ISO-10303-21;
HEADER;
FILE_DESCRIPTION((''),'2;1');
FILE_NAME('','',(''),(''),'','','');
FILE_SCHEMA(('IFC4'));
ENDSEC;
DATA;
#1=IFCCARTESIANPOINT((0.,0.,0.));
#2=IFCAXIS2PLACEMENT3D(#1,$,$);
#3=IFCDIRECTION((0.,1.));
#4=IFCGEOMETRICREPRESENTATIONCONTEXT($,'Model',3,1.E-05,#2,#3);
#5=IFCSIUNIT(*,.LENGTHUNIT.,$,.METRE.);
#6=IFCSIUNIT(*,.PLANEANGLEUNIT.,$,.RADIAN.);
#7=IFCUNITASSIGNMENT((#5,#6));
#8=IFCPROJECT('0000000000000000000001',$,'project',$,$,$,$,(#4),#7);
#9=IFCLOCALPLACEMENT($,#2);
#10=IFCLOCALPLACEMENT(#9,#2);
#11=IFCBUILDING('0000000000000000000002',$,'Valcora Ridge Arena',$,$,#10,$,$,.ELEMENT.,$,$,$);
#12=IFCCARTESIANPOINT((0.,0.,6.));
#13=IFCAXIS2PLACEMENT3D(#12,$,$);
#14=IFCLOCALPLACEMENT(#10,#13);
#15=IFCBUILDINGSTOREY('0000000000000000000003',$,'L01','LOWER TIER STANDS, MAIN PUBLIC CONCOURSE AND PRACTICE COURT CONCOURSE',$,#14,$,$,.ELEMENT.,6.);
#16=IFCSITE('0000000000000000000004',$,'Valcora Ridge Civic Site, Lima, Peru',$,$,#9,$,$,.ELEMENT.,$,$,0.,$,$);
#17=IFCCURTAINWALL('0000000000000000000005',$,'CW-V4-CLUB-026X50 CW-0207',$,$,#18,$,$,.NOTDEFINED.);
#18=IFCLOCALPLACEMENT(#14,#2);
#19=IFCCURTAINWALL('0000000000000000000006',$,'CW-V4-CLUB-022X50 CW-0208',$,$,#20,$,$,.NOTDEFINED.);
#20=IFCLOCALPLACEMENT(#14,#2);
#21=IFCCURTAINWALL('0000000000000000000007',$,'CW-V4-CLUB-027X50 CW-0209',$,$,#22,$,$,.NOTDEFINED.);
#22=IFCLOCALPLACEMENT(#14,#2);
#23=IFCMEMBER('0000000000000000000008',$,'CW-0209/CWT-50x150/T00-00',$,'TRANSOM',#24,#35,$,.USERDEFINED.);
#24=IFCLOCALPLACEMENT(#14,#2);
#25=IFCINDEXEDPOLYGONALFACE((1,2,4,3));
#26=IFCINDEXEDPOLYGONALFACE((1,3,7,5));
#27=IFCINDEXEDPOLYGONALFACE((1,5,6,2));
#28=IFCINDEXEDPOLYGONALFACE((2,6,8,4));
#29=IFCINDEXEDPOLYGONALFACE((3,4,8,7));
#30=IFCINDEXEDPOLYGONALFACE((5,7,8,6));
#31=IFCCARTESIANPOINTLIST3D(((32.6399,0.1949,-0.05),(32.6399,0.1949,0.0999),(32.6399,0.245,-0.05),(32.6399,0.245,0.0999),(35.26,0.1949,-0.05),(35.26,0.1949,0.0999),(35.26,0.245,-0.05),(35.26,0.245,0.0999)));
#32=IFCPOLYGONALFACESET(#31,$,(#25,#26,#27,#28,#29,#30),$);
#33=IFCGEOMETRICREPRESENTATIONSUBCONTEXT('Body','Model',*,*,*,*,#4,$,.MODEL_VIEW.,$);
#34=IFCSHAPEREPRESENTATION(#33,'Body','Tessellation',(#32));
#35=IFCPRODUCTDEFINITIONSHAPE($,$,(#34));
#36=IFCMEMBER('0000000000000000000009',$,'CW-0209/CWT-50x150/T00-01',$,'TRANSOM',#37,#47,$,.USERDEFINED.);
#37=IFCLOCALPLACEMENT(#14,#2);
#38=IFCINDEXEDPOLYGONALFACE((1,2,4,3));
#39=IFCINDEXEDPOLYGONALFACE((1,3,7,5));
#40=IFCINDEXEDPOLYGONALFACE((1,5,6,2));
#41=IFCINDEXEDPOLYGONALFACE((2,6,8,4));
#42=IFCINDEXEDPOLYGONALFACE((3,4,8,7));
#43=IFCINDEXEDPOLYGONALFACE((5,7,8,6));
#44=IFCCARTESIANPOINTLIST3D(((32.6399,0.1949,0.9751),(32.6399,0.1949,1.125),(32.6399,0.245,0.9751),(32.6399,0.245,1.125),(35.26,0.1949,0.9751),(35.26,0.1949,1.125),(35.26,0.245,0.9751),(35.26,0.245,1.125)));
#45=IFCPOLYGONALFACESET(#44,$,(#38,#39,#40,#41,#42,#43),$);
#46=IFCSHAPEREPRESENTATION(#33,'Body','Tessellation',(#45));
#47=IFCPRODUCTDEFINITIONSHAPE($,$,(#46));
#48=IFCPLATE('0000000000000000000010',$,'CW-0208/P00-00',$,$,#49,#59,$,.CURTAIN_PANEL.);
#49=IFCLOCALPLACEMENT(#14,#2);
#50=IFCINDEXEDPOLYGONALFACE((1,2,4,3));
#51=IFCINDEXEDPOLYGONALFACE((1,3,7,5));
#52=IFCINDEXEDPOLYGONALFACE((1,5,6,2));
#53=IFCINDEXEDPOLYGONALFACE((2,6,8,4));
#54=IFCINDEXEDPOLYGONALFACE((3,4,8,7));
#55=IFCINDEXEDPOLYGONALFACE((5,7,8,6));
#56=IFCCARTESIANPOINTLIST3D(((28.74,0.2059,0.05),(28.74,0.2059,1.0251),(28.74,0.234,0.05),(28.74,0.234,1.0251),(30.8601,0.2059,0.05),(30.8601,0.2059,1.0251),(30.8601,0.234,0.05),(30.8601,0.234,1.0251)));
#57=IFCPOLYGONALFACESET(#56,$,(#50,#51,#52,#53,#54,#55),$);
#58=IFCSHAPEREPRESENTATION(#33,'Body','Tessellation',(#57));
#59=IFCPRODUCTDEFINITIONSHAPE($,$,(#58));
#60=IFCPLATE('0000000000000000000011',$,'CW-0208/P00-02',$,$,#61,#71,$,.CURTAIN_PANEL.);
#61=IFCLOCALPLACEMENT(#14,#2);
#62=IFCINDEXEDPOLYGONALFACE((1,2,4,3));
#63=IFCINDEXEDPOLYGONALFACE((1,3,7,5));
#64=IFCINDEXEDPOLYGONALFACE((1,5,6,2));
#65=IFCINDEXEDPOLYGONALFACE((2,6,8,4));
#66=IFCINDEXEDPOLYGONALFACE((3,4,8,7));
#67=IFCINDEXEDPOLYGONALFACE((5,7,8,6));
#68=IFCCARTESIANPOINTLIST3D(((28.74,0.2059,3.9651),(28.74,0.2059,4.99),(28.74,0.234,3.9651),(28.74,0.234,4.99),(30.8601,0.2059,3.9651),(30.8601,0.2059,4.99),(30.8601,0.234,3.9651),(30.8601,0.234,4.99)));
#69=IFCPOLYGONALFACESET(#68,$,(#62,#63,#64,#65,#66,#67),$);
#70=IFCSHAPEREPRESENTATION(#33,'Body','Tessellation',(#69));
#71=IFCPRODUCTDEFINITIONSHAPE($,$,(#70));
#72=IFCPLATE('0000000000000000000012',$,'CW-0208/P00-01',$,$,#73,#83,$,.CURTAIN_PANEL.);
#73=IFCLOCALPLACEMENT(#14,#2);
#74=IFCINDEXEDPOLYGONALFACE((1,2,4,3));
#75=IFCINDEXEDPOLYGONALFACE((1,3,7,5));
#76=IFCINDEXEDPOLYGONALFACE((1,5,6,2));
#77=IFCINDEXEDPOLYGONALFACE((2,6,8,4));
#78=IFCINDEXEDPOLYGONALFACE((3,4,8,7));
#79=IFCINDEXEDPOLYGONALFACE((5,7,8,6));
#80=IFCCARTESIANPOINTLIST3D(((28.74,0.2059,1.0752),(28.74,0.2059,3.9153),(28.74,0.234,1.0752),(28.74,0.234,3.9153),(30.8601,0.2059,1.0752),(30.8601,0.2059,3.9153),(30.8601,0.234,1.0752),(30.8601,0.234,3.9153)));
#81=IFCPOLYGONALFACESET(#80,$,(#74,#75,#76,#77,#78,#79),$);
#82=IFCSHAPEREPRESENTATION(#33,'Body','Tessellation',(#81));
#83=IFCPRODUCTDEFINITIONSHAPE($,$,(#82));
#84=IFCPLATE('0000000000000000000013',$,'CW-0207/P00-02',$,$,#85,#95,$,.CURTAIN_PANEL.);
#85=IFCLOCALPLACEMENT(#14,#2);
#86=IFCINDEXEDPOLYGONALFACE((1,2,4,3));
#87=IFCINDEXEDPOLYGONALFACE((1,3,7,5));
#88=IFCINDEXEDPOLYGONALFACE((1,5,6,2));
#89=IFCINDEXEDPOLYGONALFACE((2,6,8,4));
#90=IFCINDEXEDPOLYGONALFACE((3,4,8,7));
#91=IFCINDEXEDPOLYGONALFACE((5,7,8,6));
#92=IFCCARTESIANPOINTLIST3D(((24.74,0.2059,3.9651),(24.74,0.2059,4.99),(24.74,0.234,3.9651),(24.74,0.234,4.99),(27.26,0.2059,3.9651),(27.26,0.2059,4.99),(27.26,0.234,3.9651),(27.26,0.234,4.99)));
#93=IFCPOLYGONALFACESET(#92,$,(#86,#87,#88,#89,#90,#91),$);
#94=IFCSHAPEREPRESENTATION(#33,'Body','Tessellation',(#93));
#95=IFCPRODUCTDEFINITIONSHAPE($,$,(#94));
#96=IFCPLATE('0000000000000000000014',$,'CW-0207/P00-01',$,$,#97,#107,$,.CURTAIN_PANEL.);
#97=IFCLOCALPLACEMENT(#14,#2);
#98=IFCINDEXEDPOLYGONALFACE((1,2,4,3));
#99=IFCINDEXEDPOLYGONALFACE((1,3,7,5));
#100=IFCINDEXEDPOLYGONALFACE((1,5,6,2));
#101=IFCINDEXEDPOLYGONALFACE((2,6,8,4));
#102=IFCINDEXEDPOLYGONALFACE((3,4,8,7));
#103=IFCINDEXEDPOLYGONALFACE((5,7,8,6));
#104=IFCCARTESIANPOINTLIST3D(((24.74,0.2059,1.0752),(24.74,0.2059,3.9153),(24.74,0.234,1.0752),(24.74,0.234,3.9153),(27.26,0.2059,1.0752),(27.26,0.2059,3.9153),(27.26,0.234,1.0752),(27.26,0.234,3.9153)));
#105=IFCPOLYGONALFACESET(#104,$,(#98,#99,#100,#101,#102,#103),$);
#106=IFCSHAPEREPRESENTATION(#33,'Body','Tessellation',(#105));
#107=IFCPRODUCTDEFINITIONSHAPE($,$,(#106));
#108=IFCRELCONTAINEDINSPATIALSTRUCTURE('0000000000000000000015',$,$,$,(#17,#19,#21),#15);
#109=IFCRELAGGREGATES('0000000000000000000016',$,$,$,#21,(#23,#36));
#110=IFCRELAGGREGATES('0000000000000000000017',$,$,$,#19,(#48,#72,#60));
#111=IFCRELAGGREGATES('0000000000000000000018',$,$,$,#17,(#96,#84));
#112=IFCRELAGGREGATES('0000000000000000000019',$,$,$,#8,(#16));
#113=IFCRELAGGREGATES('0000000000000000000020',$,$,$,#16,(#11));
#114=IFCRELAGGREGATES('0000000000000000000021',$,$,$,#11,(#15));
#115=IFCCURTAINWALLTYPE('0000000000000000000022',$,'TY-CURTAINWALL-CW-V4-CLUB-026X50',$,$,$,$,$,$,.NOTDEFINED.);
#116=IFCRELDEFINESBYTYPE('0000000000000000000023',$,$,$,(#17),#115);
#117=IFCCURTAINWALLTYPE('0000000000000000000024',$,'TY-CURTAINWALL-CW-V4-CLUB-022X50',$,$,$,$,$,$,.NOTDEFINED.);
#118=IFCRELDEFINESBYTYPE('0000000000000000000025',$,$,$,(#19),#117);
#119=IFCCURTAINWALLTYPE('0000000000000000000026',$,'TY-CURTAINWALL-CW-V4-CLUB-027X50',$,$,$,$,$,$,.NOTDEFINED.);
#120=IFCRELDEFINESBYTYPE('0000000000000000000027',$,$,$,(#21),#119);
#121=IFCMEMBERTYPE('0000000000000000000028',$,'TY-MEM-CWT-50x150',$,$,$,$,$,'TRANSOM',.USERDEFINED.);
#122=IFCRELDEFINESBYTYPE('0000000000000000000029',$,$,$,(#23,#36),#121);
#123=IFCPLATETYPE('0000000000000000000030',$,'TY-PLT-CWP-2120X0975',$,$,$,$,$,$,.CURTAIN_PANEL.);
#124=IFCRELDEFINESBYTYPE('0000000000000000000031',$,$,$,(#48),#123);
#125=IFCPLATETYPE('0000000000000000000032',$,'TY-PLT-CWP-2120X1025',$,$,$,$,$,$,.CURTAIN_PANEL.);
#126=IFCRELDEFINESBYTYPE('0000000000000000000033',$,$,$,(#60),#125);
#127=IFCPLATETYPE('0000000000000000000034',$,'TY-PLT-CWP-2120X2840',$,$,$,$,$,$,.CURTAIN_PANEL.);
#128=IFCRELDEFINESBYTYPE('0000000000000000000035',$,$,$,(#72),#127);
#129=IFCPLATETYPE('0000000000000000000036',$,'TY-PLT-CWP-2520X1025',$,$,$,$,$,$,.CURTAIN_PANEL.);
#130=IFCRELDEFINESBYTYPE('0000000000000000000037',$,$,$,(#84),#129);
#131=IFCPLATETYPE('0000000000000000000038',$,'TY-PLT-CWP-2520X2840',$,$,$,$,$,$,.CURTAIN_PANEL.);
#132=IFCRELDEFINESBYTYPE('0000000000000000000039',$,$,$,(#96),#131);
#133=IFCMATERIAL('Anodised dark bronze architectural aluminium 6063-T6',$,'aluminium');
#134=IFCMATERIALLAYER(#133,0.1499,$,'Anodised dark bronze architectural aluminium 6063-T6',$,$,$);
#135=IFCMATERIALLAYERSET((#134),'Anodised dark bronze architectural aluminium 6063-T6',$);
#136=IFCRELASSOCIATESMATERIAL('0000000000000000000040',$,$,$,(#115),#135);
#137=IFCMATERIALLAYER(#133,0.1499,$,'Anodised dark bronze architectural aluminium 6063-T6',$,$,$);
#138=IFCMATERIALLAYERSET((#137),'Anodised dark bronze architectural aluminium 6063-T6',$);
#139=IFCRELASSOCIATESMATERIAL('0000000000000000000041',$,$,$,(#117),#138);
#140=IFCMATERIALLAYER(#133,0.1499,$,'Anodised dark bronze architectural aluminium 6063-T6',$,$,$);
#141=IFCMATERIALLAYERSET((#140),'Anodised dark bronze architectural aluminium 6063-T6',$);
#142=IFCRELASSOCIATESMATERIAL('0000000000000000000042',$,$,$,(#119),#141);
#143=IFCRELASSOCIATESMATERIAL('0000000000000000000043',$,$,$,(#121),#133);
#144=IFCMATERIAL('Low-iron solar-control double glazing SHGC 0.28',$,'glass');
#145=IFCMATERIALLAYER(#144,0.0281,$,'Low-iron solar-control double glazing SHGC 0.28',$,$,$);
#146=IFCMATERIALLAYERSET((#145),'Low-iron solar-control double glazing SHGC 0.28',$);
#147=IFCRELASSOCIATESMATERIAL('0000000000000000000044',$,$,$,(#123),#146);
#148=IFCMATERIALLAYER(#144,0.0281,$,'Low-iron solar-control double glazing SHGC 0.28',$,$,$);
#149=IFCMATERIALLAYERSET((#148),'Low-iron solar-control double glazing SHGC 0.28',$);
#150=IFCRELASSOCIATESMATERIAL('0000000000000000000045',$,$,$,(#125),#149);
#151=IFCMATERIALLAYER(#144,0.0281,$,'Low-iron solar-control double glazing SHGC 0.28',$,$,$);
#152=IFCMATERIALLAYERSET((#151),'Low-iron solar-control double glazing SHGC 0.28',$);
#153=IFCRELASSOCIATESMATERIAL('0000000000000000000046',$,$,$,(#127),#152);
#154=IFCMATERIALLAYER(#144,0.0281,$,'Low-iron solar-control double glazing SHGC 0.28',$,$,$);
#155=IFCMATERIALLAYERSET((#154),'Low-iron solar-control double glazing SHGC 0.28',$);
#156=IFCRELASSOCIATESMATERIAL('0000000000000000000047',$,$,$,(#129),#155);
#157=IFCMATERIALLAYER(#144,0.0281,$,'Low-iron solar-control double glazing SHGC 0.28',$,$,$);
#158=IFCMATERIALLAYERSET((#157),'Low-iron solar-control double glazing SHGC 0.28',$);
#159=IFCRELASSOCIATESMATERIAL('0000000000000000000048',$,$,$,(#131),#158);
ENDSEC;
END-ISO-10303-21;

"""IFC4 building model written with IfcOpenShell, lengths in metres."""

from ifc_helpers import new_model, si_unit, direction, frame, origin, origin_2d, place, context, subcontext, project, spatial, rectangle, extrude, material, layer, layer_set, material_profile, profile_set, type_object, element, aggregate, save


model = new_model("IFC4")

# Units and contexts
model_context = context("Model", 3, precision=1e-05, world=origin(), true_north=direction((0.0, 1.0)))
body_context = subcontext(model_context, "Body", "Model", "MODEL_VIEW")
ifc_project = project(units=[si_unit("LENGTHUNIT", "METRE"), si_unit("PLANEANGLEUNIT", "RADIAN")], contexts=[model_context])

# Site, building, storey
site_placement = place(None, origin())
site = spatial("IfcSite", under=ifc_project, at=site_placement, Name="Valcora Ridge Civic Site, Lima, Peru", CompositionType="ELEMENT", RefElevation=0.0)
building_placement = place(site_placement, origin())
building = spatial("IfcBuilding", under=site, at=building_placement, Name="Valcora Ridge Arena", CompositionType="ELEMENT")
storey_placement = place(building_placement, frame((0.0, 0.0, 6.0)))
storey = spatial("IfcBuildingStorey", under=building, at=storey_placement, Name="L01", Description="LOWER TIER STANDS, MAIN PUBLIC CONCOURSE AND PRACTICE COURT CONCOURSE", CompositionType="ELEMENT", Elevation=6.0)

# Curtain wall
ifc_material_1 = material(Name="Anodised dark bronze architectural aluminium 6063-T6", Category="aluminium")
ifc_layer_1 = layer(ifc_material_1, 0.1499, Name="Anodised dark bronze architectural aluminium 6063-T6")
ifc_layer_set_1 = layer_set([ifc_layer_1], Name="Anodised dark bronze architectural aluminium 6063-T6")
curtain_wall_type_1 = type_object("IfcCurtainWallType", Name="TY-CURTAINWALL-CW-V4-CLUB-026X50", PredefinedType="NOTDEFINED", material=ifc_layer_set_1)
curtain_wall_1_placement = place(storey_placement, origin())
curtain_wall_1 = element("IfcCurtainWall", 1, at=curtain_wall_1_placement, inside=storey, type_object=curtain_wall_type_1, Name="CW-V4-CLUB-026X50 CW-0207", PredefinedType="NOTDEFINED")

# Curtain wall
ifc_layer_2 = layer(ifc_material_1, 0.1499, Name="Anodised dark bronze architectural aluminium 6063-T6")
ifc_layer_set_2 = layer_set([ifc_layer_2], Name="Anodised dark bronze architectural aluminium 6063-T6")
curtain_wall_type_2 = type_object("IfcCurtainWallType", Name="TY-CURTAINWALL-CW-V4-CLUB-022X50", PredefinedType="NOTDEFINED", material=ifc_layer_set_2)
curtain_wall_2_placement = place(storey_placement, origin())
curtain_wall_2 = element("IfcCurtainWall", 2, at=curtain_wall_2_placement, inside=storey, type_object=curtain_wall_type_2, Name="CW-V4-CLUB-022X50 CW-0208", PredefinedType="NOTDEFINED")

# Curtain wall
ifc_layer_3 = layer(ifc_material_1, 0.1499, Name="Anodised dark bronze architectural aluminium 6063-T6")
ifc_layer_set_3 = layer_set([ifc_layer_3], Name="Anodised dark bronze architectural aluminium 6063-T6")
curtain_wall_type_3 = type_object("IfcCurtainWallType", Name="TY-CURTAINWALL-CW-V4-CLUB-027X50", PredefinedType="NOTDEFINED", material=ifc_layer_set_3)
curtain_wall_3_placement = place(storey_placement, origin())
curtain_wall_3 = element("IfcCurtainWall", 3, at=curtain_wall_3_placement, inside=storey, type_object=curtain_wall_type_3, Name="CW-V4-CLUB-027X50 CW-0209", PredefinedType="NOTDEFINED")

# Members
ifc_material_profile_1 = material_profile(ifc_material_1, rectangle(XDim=0.05, YDim=0.1499, at=origin_2d()), Name="ALU TRANSOM 50x150")
ifc_profile_set_1 = profile_set([ifc_material_profile_1], Name="Anodised dark bronze architectural aluminium 6063-T6")
member_type_1 = type_object("IfcMemberType", Name="TY-MEM-CWT-50x150", ElementType="TRANSOM", PredefinedType="USERDEFINED", material=ifc_profile_set_1)
member_1_placement = place(storey_placement, frame((32.6399, 0.22, 0.0249), z_axis=(1.0, 0.0, 0.0), x_axis=(0.0, 1.0, 0.0)))
member_1 = element("IfcMember", 4, at=member_1_placement, type_object=member_type_1, Name="CW-0209/CWT-50x150/T00-00", ObjectType="TRANSOM", PredefinedType="USERDEFINED", context=body_context, shape_type="SweptSolid", body=[
    extrude(rectangle(XDim=0.05, YDim=0.1499, at=origin_2d()), origin(), (0.0, 0.0, 1.0), 2.6201),
])
member_2_placement = place(storey_placement, frame((32.6399, 0.22, 1.05), z_axis=(1.0, 0.0, 0.0), x_axis=(0.0, 1.0, 0.0)))
member_2 = element("IfcMember", 5, at=member_2_placement, type_object=member_type_1, Name="CW-0209/CWT-50x150/T00-01", ObjectType="TRANSOM", PredefinedType="USERDEFINED", context=body_context, shape_type="SweptSolid", body=[
    extrude(rectangle(XDim=0.05, YDim=0.1499, at=origin_2d()), origin(), (0.0, 0.0, 1.0), 2.6201),
])
aggregate(curtain_wall_3, [member_1, member_2])

# Plates
ifc_material_2 = material(Name="Low-iron solar-control double glazing SHGC 0.28", Category="glass")
ifc_layer_4 = layer(ifc_material_2, 0.0281, Name="Low-iron solar-control double glazing SHGC 0.28")
ifc_layer_set_4 = layer_set([ifc_layer_4], Name="Low-iron solar-control double glazing SHGC 0.28")
plate_type_1 = type_object("IfcPlateType", Name="TY-PLT-CWP-2120X0975", PredefinedType="CURTAIN_PANEL", material=ifc_layer_set_4)
plate_1_placement = place(storey_placement, frame((29.8, 0.22, 0.05), z_axis=(0.0, 0.0, 1.0), x_axis=(1.0, 0.0, 0.0)))
plate_1 = element("IfcPlate", 6, at=plate_1_placement, type_object=plate_type_1, Name="CW-0208/P00-00", PredefinedType="CURTAIN_PANEL", context=body_context, shape_type="SweptSolid", body=[
    extrude(rectangle(XDim=2.1201, YDim=0.0281, at=origin_2d()), origin(), (0.0, 0.0, 1.0), 0.9751),
])
ifc_layer_5 = layer(ifc_material_2, 0.0281, Name="Low-iron solar-control double glazing SHGC 0.28")
ifc_layer_set_5 = layer_set([ifc_layer_5], Name="Low-iron solar-control double glazing SHGC 0.28")
plate_type_2 = type_object("IfcPlateType", Name="TY-PLT-CWP-2120X1025", PredefinedType="CURTAIN_PANEL", material=ifc_layer_set_5)
plate_2_placement = place(storey_placement, frame((29.8, 0.22, 3.9651), z_axis=(0.0, 0.0, 1.0), x_axis=(1.0, 0.0, 0.0)))
plate_2 = element("IfcPlate", 7, at=plate_2_placement, type_object=plate_type_2, Name="CW-0208/P00-02", PredefinedType="CURTAIN_PANEL", context=body_context, shape_type="SweptSolid", body=[
    extrude(rectangle(XDim=2.1201, YDim=0.0281, at=origin_2d()), origin(), (0.0, 0.0, 1.0), 1.0249),
])
ifc_layer_6 = layer(ifc_material_2, 0.0281, Name="Low-iron solar-control double glazing SHGC 0.28")
ifc_layer_set_6 = layer_set([ifc_layer_6], Name="Low-iron solar-control double glazing SHGC 0.28")
plate_type_3 = type_object("IfcPlateType", Name="TY-PLT-CWP-2120X2840", PredefinedType="CURTAIN_PANEL", material=ifc_layer_set_6)
plate_3_placement = place(storey_placement, frame((29.8, 0.22, 1.0752), z_axis=(0.0, 0.0, 1.0), x_axis=(1.0, 0.0, 0.0)))
plate_3 = element("IfcPlate", 8, at=plate_3_placement, type_object=plate_type_3, Name="CW-0208/P00-01", PredefinedType="CURTAIN_PANEL", context=body_context, shape_type="SweptSolid", body=[
    extrude(rectangle(XDim=2.1201, YDim=0.0281, at=origin_2d()), origin(), (0.0, 0.0, 1.0), 2.8401),
])
aggregate(curtain_wall_2, [plate_1, plate_3, plate_2])
ifc_layer_7 = layer(ifc_material_2, 0.0281, Name="Low-iron solar-control double glazing SHGC 0.28")
ifc_layer_set_7 = layer_set([ifc_layer_7], Name="Low-iron solar-control double glazing SHGC 0.28")
plate_type_4 = type_object("IfcPlateType", Name="TY-PLT-CWP-2520X1025", PredefinedType="CURTAIN_PANEL", material=ifc_layer_set_7)
plate_4_placement = place(storey_placement, frame((26.0, 0.22, 3.9651), z_axis=(0.0, 0.0, 1.0), x_axis=(1.0, 0.0, 0.0)))
plate_4 = element("IfcPlate", 9, at=plate_4_placement, type_object=plate_type_4, Name="CW-0207/P00-02", PredefinedType="CURTAIN_PANEL", context=body_context, shape_type="SweptSolid", body=[
    extrude(rectangle(XDim=2.52, YDim=0.0281, at=origin_2d()), origin(), (0.0, 0.0, 1.0), 1.0249),
])
ifc_layer_8 = layer(ifc_material_2, 0.0281, Name="Low-iron solar-control double glazing SHGC 0.28")
ifc_layer_set_8 = layer_set([ifc_layer_8], Name="Low-iron solar-control double glazing SHGC 0.28")
plate_type_5 = type_object("IfcPlateType", Name="TY-PLT-CWP-2520X2840", PredefinedType="CURTAIN_PANEL", material=ifc_layer_set_8)
plate_5_placement = place(storey_placement, frame((26.0, 0.22, 1.0752), z_axis=(0.0, 0.0, 1.0), x_axis=(1.0, 0.0, 0.0)))
plate_5 = element("IfcPlate", 10, at=plate_5_placement, type_object=plate_type_5, Name="CW-0207/P00-01", PredefinedType="CURTAIN_PANEL", context=body_context, shape_type="SweptSolid", body=[
    extrude(rectangle(XDim=2.52, YDim=0.0281, at=origin_2d()), origin(), (0.0, 0.0, 1.0), 2.8401),
])
aggregate(curtain_wall_1, [plate_5, plate_4])

save(model, "model.ifc")
